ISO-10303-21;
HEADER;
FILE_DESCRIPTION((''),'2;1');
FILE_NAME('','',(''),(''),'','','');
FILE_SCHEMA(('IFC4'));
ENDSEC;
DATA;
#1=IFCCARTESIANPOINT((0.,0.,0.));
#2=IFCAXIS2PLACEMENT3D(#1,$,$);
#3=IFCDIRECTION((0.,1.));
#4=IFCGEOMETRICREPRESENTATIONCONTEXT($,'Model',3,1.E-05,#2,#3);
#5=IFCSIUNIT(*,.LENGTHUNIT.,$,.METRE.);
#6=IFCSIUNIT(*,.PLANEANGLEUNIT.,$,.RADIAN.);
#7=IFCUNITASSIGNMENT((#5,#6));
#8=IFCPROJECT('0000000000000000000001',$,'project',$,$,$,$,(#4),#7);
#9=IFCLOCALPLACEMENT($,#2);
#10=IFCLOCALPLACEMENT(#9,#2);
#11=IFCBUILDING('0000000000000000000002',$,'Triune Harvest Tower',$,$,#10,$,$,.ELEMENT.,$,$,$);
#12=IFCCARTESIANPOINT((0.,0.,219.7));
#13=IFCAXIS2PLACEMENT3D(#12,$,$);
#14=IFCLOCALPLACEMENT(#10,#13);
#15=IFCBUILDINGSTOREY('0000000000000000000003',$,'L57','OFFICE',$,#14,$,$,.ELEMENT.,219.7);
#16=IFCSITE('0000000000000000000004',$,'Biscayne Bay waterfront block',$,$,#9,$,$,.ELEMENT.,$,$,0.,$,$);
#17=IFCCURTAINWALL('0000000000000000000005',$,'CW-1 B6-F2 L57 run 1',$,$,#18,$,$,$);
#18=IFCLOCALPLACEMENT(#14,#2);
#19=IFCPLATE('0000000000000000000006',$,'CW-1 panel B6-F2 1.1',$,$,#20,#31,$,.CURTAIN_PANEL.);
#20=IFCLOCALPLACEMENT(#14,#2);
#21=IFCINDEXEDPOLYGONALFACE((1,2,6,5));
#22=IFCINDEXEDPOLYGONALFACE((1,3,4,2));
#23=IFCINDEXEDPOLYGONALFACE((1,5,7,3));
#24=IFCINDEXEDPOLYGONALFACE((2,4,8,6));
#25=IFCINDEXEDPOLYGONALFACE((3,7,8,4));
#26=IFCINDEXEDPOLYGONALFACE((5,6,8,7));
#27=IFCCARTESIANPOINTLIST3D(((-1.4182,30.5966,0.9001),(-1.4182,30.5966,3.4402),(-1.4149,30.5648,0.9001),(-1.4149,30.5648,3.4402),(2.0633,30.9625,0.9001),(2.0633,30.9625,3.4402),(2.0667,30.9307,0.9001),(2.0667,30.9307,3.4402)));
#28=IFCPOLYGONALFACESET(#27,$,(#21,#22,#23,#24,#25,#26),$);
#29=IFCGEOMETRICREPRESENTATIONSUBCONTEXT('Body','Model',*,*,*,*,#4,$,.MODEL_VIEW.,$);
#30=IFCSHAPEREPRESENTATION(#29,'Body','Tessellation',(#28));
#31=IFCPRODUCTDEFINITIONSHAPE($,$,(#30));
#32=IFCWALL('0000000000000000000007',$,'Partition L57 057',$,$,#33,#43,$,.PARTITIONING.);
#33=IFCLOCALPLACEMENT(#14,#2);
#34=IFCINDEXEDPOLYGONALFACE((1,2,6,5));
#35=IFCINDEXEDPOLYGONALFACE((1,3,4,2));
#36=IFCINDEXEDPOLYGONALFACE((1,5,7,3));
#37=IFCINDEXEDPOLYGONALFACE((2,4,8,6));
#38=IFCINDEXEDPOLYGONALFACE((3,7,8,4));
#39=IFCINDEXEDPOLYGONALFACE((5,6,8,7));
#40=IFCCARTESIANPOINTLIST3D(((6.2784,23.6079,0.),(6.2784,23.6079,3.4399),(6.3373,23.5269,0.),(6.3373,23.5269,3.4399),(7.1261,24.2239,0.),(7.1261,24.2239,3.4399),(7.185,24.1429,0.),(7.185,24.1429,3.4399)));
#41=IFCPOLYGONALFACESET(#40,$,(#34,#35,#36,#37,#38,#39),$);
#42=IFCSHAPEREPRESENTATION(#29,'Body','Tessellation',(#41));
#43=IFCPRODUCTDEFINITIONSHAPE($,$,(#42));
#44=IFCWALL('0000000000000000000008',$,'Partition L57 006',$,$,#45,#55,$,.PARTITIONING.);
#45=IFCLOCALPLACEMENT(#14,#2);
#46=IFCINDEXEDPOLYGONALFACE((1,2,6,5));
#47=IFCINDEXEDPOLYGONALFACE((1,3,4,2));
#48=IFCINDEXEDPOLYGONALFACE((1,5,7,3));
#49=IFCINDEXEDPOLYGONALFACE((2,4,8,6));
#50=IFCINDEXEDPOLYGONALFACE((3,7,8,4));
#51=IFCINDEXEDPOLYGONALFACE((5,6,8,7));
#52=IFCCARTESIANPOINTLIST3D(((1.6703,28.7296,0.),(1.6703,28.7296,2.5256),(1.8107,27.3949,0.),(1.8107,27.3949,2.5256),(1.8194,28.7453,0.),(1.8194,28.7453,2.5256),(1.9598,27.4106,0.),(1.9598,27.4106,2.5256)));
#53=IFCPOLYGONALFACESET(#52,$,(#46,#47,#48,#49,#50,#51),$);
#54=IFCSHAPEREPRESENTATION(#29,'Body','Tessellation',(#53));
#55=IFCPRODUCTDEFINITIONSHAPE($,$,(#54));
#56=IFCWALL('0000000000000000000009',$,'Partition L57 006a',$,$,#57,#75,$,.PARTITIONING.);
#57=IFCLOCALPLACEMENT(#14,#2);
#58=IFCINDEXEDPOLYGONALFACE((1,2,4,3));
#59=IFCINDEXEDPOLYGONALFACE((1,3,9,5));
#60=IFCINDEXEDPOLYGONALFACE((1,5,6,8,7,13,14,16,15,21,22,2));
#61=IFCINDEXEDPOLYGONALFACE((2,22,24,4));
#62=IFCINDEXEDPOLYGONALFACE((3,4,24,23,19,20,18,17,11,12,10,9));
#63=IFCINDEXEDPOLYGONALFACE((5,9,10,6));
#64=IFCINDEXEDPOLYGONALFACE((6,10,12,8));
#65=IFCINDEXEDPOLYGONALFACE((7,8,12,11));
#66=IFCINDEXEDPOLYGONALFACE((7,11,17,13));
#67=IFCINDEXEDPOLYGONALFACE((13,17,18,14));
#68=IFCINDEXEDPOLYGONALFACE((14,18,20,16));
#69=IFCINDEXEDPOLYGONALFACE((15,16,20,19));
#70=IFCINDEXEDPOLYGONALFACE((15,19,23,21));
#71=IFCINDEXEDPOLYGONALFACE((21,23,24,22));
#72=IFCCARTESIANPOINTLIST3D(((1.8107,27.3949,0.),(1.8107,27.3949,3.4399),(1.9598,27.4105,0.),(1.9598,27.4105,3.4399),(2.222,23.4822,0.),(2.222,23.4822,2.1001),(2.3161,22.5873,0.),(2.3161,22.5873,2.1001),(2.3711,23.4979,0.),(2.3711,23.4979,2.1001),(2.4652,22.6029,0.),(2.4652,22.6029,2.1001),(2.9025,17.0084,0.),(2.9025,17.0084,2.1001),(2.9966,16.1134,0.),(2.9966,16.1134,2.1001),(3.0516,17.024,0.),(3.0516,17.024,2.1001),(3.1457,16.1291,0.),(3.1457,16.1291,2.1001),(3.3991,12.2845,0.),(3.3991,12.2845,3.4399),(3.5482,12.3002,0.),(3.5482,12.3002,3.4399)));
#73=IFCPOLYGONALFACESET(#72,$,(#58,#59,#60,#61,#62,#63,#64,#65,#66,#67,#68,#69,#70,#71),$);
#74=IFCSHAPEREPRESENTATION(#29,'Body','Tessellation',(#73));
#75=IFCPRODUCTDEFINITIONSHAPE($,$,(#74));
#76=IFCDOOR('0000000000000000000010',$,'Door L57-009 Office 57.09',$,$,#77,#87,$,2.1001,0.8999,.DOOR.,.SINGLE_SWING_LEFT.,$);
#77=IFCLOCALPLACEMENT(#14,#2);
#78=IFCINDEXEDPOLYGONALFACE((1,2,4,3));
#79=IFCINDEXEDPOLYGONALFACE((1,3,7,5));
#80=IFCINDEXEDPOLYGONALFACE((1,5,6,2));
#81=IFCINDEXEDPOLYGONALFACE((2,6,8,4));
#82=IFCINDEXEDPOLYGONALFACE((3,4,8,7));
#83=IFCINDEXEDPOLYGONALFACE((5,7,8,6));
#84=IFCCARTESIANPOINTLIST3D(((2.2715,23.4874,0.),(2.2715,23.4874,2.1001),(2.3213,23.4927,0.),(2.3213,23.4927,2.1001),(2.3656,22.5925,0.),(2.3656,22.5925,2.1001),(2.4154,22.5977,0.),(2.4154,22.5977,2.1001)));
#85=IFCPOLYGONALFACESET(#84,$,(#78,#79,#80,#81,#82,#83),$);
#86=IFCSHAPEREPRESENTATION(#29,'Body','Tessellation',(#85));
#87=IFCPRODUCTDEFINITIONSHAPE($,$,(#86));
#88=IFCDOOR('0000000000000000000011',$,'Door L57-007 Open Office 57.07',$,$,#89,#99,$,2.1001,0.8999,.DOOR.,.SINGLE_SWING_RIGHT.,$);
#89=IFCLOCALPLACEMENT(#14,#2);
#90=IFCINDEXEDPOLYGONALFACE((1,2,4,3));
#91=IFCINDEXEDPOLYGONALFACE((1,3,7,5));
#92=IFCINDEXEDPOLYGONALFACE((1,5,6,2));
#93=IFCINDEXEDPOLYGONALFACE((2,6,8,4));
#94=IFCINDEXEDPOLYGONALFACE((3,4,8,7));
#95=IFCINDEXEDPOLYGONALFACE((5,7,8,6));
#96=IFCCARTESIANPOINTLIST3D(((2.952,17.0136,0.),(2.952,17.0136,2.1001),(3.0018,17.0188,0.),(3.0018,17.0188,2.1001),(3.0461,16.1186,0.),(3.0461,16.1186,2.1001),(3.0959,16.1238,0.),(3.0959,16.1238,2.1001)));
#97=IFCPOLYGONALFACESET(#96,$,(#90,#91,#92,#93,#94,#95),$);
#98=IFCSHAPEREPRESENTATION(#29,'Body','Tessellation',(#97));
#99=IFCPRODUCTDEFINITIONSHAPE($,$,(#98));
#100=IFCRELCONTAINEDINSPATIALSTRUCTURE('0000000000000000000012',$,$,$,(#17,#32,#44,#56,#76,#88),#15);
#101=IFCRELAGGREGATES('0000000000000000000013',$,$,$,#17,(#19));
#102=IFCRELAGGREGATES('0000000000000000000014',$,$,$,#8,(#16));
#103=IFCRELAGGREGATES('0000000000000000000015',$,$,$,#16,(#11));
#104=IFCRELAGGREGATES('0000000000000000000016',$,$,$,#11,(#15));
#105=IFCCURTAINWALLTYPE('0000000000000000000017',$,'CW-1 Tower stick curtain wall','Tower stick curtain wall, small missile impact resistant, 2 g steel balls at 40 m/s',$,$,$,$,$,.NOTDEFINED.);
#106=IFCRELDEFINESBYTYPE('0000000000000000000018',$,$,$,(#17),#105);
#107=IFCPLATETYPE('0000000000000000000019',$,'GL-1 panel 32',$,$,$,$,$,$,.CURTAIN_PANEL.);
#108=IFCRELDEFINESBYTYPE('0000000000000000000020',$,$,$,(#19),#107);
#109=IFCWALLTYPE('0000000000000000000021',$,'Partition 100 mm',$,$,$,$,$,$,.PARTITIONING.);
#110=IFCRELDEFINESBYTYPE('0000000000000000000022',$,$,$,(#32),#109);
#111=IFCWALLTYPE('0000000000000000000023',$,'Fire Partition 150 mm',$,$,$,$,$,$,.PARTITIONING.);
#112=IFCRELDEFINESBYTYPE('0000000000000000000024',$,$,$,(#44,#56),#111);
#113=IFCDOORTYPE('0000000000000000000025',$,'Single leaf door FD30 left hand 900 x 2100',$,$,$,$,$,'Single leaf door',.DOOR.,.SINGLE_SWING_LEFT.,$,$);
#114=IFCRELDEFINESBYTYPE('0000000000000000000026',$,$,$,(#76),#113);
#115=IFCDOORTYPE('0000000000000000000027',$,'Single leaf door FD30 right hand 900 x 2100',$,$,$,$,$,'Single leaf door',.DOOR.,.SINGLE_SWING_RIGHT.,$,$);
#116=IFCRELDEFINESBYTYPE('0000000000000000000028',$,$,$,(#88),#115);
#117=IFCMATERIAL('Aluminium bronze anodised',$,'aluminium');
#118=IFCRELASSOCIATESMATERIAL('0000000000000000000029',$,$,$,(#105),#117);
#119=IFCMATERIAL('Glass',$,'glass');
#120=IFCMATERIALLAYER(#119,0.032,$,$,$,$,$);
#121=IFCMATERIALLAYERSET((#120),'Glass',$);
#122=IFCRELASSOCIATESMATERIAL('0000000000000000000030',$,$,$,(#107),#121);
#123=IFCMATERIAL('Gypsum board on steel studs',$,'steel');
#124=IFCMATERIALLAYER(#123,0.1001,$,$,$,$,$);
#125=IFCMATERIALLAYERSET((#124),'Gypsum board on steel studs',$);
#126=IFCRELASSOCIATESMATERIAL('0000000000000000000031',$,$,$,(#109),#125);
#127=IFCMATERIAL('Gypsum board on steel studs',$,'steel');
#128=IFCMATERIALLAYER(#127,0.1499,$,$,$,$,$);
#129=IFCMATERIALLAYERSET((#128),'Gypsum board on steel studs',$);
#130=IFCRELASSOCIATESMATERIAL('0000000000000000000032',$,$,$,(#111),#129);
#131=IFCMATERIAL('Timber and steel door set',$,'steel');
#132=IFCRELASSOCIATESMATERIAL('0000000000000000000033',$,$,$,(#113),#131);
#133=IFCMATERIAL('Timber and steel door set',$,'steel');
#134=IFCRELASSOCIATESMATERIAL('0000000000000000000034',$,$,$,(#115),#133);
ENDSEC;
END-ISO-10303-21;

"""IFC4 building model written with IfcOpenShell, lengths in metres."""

from ifc_helpers import new_model, si_unit, direction, frame, frame_2d, origin, origin_2d, place, context, subcontext, project, spatial, rectangle, extrude, source, transform, mapped, material, layer, layer_set, type_object, element, fill, aggregate, save


model = new_model("IFC4")

# Units and contexts
model_context = context("Model", 3, precision=1e-05, world=origin(), true_north=direction((0.0, 1.0)))
body_context = subcontext(model_context, "Body", "Model", "MODEL_VIEW")
ifc_project = project(units=[si_unit("LENGTHUNIT", "METRE"), si_unit("PLANEANGLEUNIT", "RADIAN")], contexts=[model_context])

# Site, building, storey
site_placement = place(None, origin())
site = spatial("IfcSite", under=ifc_project, at=site_placement, Name="Biscayne Bay waterfront block", CompositionType="ELEMENT", RefElevation=0.0)
building_placement = place(site_placement, origin())
building = spatial("IfcBuilding", under=site, at=building_placement, Name="Triune Harvest Tower", CompositionType="ELEMENT")
storey_placement = place(building_placement, frame((0.0, 0.0, 219.7)))
storey = spatial("IfcBuildingStorey", under=building, at=storey_placement, Name="L57", Description="OFFICE", CompositionType="ELEMENT", Elevation=219.7)

# Curtain wall
ifc_material_1 = material(Name="Aluminium bronze anodised", Category="aluminium")
curtain_wall_type_1 = type_object("IfcCurtainWallType", Name="CW-1 Tower stick curtain wall", Description="Tower stick curtain wall, small missile impact resistant, 2 g steel balls at 40 m/s", PredefinedType="NOTDEFINED", material=ifc_material_1)
curtain_wall_1_placement = place(storey_placement, origin())
curtain_wall_1 = element("IfcCurtainWall", 1, at=curtain_wall_1_placement, inside=storey, type_object=curtain_wall_type_1, Name="CW-1 B6-F2 L57 run 1")

# Plate
ifc_material_2 = material(Name="Glass", Category="glass")
ifc_layer_1 = layer(ifc_material_2, 0.032)
ifc_layer_set_1 = layer_set([ifc_layer_1], Name="Glass")
plate_type_1 = type_object("IfcPlateType", Name="GL-1 panel 32", PredefinedType="CURTAIN_PANEL", material=ifc_layer_set_1)
shared_shape_1 = source(origin(), body_context, "Body", "SweptSolid", [
    extrude(rectangle(XDim=3.5007, YDim=0.032, at=origin_2d()), origin(), (0.0, 0.0, 1.0), 2.54),
])
plate_1_placement = place(storey_placement, frame((0.3242, 30.7637, 0.9001), z_axis=(0.0, 0.0, 1.0), x_axis=(-0.994522, -0.10453, 0.0)))
plate_1 = element("IfcPlate", 2, at=plate_1_placement, type_object=plate_type_1, Name="CW-1 panel B6-F2 1.1", PredefinedType="CURTAIN_PANEL", context=body_context, shape_type="MappedRepresentation", body=[
    mapped(shared_shape_1, transform((0.0, 0.0, 0.0), scale=1.0)),
])
aggregate(curtain_wall_1, [plate_1])

# Walls
ifc_material_3 = material(Name="Gypsum board on steel studs", Category="steel")
ifc_layer_2 = layer(ifc_material_3, 0.1001)
ifc_layer_set_2 = layer_set([ifc_layer_2], Name="Gypsum board on steel studs")
wall_type_1 = type_object("IfcWallType", Name="Partition 100 mm", PredefinedType="PARTITIONING", material=ifc_layer_set_2)
shared_shape_2 = source(origin(), body_context, "Body", "SweptSolid", [
    extrude(rectangle(XDim=1.0479, YDim=0.1001, at=frame_2d((0.5239, 0.0))), origin(), (0.0, 0.0, 1.0), 3.4399),
])
wall_1_placement = place(storey_placement, frame((6.3079, 23.5674, 0.0), z_axis=(0.0, 0.0, 1.0), x_axis=(0.808968, 0.587853, 0.0)))
element("IfcWall", 3, at=wall_1_placement, inside=storey, type_object=wall_type_1, Name="Partition L57 057", PredefinedType="PARTITIONING", context=body_context, shape_type="MappedRepresentation", body=[
    mapped(shared_shape_2, transform((0.0, 0.0, 0.0), scale=1.0)),
])
ifc_material_4 = material(Name="Gypsum board on steel studs", Category="steel")
ifc_layer_3 = layer(ifc_material_4, 0.1499)
ifc_layer_set_3 = layer_set([ifc_layer_3], Name="Gypsum board on steel studs")
wall_type_2 = type_object("IfcWallType", Name="Fire Partition 150 mm", PredefinedType="PARTITIONING", material=ifc_layer_set_3)
shared_shape_3 = source(origin(), body_context, "Body", "SweptSolid", [
    extrude(rectangle(XDim=1.342, YDim=0.1499, at=frame_2d((0.6709, 0.0))), origin(), (0.0, 0.0, 1.0), 2.5256),
])
wall_2_placement = place(storey_placement, frame((1.7449, 28.7373, 0.0), z_axis=(0.0, 0.0, 1.0), x_axis=(0.1046, -0.994514, 0.0)))
element("IfcWall", 4, at=wall_2_placement, inside=storey, type_object=wall_type_2, Name="Partition L57 006", PredefinedType="PARTITIONING", context=body_context, shape_type="MappedRepresentation", body=[
    mapped(shared_shape_3, transform((0.0, 0.0, 0.0), scale=1.0)),
])

# Wall, openings, doors
shared_shape_4 = source(origin(), body_context, "Body", "SweptSolid", [
    extrude(rectangle(XDim=15.1936, YDim=0.1499, at=frame_2d((7.5967, 0.0))), origin(), (0.0, 0.0, 1.0), 3.4399),
])
wall_3_placement = place(storey_placement, frame((1.8853, 27.4026, 0.0), z_axis=(0.0, 0.0, 1.0), x_axis=(0.104543, -0.99452, 0.0)))
wall_3 = element("IfcWall", 5, at=wall_3_placement, inside=storey, type_object=wall_type_2, Name="Partition L57 006a", PredefinedType="PARTITIONING", context=body_context, shape_type="MappedRepresentation", body=[
    mapped(shared_shape_4, transform((0.0, 0.0, 0.0), scale=1.0)),
])
opening_1_placement = place(wall_3_placement, frame((10.4436, 0.0, 0.0)))
opening_1 = element("IfcOpeningElement", 6, at=opening_1_placement, cuts=wall_3, PredefinedType="OPENING", context=body_context, shape_type="SweptSolid", body=[
    extrude(rectangle(XDim=0.8999, YDim=2.1001, at=frame_2d((0.45, 1.05))), frame((0.0, 0.085, 0.0), z_axis=(0.0, -1.0, 0.0), x_axis=(1.0, 0.0, 0.0)), (0.0, 0.0, 1.0), 0.1699),
])
opening_2_placement = place(wall_3_placement, frame((3.9341, 0.0, 0.0)))
opening_2 = element("IfcOpeningElement", 7, at=opening_2_placement, cuts=wall_3, PredefinedType="OPENING", context=body_context, shape_type="SweptSolid", body=[
    extrude(rectangle(XDim=0.8999, YDim=2.1001, at=frame_2d((0.45, 1.05))), frame((0.0, 0.085, 0.0), z_axis=(0.0, -1.0, 0.0), x_axis=(1.0, 0.0, 0.0)), (0.0, 0.0, 1.0), 0.1699),
])
ifc_material_5 = material(Name="Timber and steel door set", Category="steel")
door_type_1 = type_object("IfcDoorType", Name="Single leaf door FD30 left hand 900 x 2100", ElementType="Single leaf door", OperationType="SINGLE_SWING_LEFT", PredefinedType="DOOR", material=ifc_material_5)
door_1_placement = place(opening_2_placement, origin())
door_1 = element("IfcDoor", 8, at=door_1_placement, inside=storey, type_object=door_type_1, Name="Door L57-009 Office 57.09", OperationType="SINGLE_SWING_LEFT", OverallHeight=2.1001, OverallWidth=0.8999, PredefinedType="DOOR", context=body_context, shape_type="SweptSolid", body=[
    extrude(rectangle(XDim=0.8999, YDim=2.1001, at=frame_2d((0.45, 1.05))), frame((0.0, 0.0249, 0.0), z_axis=(0.0, -1.0, 0.0), x_axis=(1.0, 0.0, 0.0)), (0.0, 0.0, 1.0), 0.05),
])
fill(opening_2, door_1)
ifc_material_6 = material(Name="Timber and steel door set", Category="steel")
door_type_2 = type_object("IfcDoorType", Name="Single leaf door FD30 right hand 900 x 2100", ElementType="Single leaf door", OperationType="SINGLE_SWING_RIGHT", PredefinedType="DOOR", material=ifc_material_6)
door_2_placement = place(opening_1_placement, origin())
door_2 = element("IfcDoor", 9, at=door_2_placement, inside=storey, type_object=door_type_2, Name="Door L57-007 Open Office 57.07", OperationType="SINGLE_SWING_RIGHT", OverallHeight=2.1001, OverallWidth=0.8999, PredefinedType="DOOR", context=body_context, shape_type="SweptSolid", body=[
    extrude(rectangle(XDim=0.8999, YDim=2.1001, at=frame_2d((0.45, 1.05))), frame((0.0, 0.0249, 0.0), z_axis=(0.0, -1.0, 0.0), x_axis=(1.0, 0.0, 0.0)), (0.0, 0.0, 1.0), 0.05),
])
fill(opening_1, door_2)

save(model, "model.ifc")
